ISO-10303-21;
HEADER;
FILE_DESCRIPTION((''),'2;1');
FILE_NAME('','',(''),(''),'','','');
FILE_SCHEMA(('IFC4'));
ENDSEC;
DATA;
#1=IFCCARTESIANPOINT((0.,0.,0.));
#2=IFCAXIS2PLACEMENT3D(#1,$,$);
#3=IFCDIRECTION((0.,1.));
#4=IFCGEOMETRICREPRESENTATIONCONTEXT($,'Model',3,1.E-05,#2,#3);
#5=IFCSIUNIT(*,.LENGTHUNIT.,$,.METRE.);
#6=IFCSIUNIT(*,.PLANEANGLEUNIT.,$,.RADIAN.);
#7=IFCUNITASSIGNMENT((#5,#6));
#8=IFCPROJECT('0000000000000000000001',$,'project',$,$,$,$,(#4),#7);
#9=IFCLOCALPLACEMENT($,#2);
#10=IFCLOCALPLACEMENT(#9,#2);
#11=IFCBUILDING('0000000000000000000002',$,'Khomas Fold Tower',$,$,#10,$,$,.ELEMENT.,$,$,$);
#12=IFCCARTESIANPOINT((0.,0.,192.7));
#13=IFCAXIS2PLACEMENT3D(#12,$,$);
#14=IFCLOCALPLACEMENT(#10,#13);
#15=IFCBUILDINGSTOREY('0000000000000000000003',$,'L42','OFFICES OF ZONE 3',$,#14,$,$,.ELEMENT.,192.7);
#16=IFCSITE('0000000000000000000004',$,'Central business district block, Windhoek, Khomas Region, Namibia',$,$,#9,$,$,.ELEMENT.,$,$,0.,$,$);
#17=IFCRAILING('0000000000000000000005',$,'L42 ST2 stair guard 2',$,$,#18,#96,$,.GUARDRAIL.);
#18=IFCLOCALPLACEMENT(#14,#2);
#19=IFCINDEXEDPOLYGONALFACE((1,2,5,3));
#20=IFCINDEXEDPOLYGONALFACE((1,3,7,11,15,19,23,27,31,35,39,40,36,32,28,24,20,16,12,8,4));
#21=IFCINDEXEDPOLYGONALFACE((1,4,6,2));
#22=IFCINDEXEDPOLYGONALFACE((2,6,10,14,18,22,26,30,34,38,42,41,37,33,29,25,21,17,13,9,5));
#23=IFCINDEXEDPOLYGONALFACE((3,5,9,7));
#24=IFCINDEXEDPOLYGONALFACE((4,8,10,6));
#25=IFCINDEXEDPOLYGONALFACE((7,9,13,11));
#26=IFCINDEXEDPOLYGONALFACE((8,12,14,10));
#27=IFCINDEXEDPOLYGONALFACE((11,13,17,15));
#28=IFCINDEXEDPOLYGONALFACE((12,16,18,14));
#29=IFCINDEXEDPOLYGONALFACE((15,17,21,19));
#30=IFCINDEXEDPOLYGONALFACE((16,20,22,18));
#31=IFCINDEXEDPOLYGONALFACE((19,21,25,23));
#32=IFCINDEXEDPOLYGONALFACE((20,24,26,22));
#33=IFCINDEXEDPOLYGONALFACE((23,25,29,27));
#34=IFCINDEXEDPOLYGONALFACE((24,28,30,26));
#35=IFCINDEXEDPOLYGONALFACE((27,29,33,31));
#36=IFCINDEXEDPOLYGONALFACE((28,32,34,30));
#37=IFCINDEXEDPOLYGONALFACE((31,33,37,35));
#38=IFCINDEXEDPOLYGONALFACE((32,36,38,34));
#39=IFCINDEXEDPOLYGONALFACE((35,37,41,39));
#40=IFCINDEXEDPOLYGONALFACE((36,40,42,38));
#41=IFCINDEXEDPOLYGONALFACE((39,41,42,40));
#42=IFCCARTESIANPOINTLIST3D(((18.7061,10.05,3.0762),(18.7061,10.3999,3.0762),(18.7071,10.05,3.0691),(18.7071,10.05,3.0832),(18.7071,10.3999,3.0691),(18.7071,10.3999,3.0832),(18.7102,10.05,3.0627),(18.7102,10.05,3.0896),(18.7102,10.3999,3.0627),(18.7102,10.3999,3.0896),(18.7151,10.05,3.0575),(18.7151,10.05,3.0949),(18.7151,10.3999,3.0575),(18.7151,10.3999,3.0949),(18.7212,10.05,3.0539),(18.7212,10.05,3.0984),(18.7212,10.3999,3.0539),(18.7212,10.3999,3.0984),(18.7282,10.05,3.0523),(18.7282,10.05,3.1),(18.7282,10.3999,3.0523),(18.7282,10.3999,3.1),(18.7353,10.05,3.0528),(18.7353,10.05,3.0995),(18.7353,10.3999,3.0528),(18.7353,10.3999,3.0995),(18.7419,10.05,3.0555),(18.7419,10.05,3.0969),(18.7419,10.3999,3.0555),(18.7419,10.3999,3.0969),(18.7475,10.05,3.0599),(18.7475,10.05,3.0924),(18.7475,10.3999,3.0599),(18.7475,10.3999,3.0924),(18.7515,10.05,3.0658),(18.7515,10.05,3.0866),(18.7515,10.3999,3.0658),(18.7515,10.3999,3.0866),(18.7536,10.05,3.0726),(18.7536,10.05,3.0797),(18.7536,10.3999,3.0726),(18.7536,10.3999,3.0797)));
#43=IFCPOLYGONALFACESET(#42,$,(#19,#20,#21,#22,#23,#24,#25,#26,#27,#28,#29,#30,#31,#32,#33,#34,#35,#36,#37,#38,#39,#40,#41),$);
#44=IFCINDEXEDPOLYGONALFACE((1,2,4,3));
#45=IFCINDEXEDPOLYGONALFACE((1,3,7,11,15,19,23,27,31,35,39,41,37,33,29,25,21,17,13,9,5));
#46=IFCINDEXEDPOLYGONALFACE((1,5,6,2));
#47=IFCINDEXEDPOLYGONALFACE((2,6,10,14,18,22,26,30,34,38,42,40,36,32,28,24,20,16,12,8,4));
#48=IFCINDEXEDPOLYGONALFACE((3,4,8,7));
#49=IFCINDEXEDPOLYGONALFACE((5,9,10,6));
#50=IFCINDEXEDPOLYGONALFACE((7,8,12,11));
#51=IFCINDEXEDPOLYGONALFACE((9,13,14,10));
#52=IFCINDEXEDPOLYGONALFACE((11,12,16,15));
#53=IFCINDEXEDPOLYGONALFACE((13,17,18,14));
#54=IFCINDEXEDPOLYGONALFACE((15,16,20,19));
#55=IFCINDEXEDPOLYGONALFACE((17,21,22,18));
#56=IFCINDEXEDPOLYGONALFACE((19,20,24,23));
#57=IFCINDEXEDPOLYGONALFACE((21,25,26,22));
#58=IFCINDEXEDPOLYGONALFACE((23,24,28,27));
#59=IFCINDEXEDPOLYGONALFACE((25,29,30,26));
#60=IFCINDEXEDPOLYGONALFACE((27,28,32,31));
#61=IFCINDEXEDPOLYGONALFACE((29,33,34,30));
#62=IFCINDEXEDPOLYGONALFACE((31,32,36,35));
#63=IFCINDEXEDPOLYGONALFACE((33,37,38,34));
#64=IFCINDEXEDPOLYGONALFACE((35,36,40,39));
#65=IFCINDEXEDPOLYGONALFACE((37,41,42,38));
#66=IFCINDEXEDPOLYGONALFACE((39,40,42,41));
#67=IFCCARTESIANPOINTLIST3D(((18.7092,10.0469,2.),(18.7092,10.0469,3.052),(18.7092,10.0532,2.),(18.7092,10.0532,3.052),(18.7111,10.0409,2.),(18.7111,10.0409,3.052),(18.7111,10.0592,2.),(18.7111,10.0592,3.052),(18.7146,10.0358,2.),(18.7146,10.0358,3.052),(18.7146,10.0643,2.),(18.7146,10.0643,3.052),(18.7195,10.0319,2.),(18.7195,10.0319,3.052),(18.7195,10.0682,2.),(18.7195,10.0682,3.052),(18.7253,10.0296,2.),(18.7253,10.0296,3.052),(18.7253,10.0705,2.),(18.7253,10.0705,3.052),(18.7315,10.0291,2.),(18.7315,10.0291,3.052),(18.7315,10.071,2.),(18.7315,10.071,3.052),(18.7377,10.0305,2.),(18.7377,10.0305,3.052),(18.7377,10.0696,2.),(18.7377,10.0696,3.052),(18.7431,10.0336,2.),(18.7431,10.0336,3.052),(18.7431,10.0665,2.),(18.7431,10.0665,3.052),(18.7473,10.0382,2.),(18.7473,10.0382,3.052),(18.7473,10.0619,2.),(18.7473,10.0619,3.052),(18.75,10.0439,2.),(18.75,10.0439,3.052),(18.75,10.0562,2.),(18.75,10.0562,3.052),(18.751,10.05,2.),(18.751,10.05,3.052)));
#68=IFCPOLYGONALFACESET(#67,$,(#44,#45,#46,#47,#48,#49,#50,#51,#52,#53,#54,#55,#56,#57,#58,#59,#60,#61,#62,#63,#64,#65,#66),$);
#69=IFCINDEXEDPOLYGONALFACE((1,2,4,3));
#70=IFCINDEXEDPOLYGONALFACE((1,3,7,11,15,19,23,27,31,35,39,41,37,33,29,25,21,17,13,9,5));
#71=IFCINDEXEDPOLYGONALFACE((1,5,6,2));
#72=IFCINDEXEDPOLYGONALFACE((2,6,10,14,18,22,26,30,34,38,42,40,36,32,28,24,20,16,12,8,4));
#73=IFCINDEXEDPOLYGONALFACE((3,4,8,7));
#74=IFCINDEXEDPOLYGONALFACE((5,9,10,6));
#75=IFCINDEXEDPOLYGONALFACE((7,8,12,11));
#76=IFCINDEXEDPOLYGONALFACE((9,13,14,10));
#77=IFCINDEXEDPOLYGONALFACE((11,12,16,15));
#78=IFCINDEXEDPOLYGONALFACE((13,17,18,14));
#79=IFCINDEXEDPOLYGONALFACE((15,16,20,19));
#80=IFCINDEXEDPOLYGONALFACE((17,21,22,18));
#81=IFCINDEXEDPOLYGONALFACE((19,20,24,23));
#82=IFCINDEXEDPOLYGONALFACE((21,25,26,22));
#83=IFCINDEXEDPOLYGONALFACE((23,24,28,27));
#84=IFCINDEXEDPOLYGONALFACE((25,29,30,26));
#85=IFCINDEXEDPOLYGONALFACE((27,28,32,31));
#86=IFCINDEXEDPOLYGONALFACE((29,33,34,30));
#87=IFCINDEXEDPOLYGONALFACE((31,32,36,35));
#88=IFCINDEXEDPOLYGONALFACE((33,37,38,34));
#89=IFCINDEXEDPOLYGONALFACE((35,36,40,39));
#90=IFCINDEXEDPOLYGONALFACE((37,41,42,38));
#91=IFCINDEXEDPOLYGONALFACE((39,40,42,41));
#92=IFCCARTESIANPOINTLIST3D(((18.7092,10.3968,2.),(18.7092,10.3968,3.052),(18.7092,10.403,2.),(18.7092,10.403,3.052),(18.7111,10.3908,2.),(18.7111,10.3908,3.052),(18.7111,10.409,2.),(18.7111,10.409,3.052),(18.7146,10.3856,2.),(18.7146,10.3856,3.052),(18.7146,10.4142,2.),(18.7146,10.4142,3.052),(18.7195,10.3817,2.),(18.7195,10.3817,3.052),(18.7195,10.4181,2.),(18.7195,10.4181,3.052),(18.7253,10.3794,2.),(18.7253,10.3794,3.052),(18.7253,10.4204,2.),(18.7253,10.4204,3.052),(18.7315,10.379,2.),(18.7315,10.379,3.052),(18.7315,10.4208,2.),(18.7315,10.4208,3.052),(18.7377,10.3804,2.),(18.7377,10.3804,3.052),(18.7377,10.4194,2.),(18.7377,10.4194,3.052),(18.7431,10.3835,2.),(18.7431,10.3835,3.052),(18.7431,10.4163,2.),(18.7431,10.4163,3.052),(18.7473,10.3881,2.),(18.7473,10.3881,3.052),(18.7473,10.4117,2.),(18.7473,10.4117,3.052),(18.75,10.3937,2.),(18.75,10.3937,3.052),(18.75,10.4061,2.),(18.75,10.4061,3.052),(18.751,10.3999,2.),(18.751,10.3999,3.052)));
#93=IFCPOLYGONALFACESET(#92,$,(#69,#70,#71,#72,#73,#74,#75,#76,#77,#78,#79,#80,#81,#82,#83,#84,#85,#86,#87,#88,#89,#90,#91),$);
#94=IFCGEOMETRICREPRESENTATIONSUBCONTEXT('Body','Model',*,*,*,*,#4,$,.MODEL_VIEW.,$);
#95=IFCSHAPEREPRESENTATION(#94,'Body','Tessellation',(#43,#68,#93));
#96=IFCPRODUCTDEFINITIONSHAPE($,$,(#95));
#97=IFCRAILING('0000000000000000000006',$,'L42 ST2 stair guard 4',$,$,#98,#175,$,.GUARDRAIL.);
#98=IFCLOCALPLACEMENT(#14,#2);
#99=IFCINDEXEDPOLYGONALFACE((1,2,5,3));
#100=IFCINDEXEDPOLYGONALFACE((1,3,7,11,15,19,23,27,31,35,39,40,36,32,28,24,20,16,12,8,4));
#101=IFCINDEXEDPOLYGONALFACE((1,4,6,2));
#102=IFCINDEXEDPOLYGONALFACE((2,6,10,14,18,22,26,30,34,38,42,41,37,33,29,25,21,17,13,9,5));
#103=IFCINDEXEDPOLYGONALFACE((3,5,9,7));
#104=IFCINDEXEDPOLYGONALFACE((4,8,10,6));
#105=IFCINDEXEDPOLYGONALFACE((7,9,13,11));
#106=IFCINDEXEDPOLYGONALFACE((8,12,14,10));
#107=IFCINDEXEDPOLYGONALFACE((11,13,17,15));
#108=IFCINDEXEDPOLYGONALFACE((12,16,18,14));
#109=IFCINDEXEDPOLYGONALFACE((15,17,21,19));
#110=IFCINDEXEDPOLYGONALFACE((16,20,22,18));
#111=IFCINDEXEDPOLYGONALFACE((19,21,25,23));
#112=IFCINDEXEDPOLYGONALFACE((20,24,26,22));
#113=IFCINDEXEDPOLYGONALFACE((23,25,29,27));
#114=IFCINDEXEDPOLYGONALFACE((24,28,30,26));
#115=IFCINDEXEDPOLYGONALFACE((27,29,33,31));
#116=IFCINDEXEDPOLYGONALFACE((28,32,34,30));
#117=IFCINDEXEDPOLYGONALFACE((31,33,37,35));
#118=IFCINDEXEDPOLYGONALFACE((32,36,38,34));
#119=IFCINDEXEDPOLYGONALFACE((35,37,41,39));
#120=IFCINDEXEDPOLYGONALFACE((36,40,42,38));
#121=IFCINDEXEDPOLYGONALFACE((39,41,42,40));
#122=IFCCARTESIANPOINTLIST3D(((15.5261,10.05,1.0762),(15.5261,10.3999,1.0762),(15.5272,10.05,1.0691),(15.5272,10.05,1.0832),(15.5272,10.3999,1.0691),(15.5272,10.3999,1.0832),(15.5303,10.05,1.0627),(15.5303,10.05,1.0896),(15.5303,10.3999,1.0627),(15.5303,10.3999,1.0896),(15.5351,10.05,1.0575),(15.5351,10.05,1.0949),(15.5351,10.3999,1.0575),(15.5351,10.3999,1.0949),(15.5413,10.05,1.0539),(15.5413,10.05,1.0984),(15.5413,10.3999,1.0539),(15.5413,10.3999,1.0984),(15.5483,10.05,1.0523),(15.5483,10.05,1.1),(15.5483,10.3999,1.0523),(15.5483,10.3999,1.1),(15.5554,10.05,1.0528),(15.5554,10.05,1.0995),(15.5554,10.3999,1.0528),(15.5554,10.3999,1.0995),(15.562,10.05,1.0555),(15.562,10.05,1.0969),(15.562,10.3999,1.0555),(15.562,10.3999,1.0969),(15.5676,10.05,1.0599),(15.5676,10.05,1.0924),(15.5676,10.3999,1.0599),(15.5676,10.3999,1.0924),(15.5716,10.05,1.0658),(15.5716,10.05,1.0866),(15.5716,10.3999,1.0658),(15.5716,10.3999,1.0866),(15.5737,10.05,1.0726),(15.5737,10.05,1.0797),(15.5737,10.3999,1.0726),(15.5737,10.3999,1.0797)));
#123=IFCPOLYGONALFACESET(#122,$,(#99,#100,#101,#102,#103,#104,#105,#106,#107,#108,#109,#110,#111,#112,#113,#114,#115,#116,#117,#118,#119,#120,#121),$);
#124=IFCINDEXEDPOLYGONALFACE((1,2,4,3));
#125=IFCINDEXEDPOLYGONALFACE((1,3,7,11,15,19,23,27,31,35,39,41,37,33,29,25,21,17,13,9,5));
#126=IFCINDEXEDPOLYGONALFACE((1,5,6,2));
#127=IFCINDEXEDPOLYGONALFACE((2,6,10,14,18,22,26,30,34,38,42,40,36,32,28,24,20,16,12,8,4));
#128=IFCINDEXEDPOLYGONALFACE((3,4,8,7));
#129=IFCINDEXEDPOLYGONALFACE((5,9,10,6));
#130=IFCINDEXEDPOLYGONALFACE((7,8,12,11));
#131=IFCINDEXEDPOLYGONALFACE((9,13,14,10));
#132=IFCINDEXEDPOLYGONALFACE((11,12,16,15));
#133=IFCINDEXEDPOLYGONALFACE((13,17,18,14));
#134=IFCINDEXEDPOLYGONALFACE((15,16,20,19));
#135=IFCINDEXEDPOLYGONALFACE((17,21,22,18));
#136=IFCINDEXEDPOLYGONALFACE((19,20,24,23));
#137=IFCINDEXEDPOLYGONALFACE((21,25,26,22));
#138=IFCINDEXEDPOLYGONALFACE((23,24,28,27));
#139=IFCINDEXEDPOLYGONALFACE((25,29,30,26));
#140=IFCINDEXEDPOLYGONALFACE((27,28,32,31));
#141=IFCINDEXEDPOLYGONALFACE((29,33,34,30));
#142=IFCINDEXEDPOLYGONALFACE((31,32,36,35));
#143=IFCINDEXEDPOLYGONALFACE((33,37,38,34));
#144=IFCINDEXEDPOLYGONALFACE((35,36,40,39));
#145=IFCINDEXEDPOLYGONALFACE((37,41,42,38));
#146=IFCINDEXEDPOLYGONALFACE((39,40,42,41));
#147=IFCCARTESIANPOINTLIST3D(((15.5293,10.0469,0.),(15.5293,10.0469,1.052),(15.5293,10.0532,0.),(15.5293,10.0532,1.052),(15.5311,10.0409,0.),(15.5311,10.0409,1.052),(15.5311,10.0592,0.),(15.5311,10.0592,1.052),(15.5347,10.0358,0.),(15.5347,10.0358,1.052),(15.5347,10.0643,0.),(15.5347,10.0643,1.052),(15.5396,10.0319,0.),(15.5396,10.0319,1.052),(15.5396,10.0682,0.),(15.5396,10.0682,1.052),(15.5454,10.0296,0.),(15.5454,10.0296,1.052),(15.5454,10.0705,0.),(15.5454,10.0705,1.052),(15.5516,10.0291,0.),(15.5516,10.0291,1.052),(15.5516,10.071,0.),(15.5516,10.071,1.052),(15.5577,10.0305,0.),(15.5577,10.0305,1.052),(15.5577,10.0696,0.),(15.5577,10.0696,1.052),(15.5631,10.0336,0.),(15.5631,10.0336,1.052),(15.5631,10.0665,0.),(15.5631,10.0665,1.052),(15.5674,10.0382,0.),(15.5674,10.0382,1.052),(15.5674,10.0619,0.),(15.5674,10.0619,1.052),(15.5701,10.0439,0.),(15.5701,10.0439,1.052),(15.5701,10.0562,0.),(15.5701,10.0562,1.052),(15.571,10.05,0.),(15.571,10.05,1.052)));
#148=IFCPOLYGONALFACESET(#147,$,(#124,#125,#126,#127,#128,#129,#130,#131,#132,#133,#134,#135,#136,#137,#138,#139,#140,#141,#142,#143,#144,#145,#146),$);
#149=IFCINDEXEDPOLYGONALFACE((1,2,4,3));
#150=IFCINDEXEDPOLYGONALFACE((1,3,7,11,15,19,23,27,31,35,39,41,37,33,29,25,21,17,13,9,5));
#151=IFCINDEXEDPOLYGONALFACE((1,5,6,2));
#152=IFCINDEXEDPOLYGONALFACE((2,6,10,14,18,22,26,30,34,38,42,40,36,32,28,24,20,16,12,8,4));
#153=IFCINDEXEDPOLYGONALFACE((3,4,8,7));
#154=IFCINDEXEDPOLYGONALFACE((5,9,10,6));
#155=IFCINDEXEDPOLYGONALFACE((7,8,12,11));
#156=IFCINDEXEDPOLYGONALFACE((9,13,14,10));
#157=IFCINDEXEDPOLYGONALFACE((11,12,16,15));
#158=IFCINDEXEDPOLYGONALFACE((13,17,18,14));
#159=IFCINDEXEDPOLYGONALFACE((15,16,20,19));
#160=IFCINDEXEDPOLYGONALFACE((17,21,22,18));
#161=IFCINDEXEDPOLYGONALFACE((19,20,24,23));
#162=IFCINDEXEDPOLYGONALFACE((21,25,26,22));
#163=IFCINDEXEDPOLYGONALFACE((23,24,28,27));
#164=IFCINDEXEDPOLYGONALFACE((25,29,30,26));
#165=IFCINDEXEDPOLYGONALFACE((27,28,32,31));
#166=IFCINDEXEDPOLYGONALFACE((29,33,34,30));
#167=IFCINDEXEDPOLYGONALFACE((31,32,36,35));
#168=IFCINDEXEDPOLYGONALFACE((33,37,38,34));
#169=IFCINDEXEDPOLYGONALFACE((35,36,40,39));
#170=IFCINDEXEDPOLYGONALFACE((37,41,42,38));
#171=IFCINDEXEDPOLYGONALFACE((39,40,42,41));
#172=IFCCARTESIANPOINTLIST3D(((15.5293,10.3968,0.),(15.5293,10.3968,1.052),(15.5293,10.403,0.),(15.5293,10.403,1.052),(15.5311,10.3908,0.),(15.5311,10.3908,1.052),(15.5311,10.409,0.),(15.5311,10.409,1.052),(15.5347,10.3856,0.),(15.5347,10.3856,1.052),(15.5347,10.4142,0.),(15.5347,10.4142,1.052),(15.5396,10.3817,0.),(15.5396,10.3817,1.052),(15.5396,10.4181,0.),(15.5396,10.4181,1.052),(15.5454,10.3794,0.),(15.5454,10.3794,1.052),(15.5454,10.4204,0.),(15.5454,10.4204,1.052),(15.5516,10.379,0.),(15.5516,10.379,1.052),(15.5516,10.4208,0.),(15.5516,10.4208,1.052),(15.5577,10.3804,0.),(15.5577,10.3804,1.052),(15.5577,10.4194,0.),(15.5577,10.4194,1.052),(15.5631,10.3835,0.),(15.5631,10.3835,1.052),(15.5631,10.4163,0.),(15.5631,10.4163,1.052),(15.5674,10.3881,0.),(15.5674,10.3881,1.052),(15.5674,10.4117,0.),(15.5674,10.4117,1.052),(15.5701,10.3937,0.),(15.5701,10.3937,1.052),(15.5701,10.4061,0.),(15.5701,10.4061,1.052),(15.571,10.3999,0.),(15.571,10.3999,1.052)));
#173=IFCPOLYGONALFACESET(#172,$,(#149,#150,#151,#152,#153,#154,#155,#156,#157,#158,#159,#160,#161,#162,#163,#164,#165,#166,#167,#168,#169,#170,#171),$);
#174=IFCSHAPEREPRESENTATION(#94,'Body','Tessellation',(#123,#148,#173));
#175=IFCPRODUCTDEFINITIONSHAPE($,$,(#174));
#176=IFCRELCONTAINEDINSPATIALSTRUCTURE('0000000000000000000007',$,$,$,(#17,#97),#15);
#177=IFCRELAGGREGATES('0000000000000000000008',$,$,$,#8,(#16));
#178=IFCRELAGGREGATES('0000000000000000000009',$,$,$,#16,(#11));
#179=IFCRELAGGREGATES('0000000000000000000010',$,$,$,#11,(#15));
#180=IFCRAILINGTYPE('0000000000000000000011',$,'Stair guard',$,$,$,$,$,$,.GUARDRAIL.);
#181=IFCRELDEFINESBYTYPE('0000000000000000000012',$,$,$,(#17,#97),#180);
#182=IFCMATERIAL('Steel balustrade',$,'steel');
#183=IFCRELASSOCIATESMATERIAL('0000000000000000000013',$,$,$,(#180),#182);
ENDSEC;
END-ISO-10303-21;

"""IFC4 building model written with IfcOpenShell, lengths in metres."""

from ifc_helpers import new_model, si_unit, direction, frame, origin, origin_2d, place, context, subcontext, project, spatial, circle, extrude, source, transform, mapped, material, type_object, element, save


model = new_model("IFC4")

# Units and contexts
model_context = context("Model", 3, precision=1e-05, world=origin(), true_north=direction((0.0, 1.0)))
body_context = subcontext(model_context, "Body", "Model", "MODEL_VIEW")
ifc_project = project(units=[si_unit("LENGTHUNIT", "METRE"), si_unit("PLANEANGLEUNIT", "RADIAN")], contexts=[model_context])

# Site, building, storey
site_placement = place(None, origin())
site = spatial("IfcSite", under=ifc_project, at=site_placement, Name="Central business district block, Windhoek, Khomas Region, Namibia", CompositionType="ELEMENT", RefElevation=0.0)
building_placement = place(site_placement, origin())
building = spatial("IfcBuilding", under=site, at=building_placement, Name="Khomas Fold Tower", CompositionType="ELEMENT")
storey_placement = place(building_placement, frame((0.0, 0.0, 192.7)))
storey = spatial("IfcBuildingStorey", under=building, at=storey_placement, Name="L42", Description="OFFICES OF ZONE 3", CompositionType="ELEMENT", Elevation=192.7)

# Railings
ifc_material_1 = material(Name="Steel balustrade", Category="steel")
railing_type_1 = type_object("IfcRailingType", Name="Stair guard", PredefinedType="GUARDRAIL", material=ifc_material_1)
shared_shape_1 = source(origin(), body_context, "Body", "SweptSolid", [
    extrude(circle(Radius=0.0239, at=origin_2d()), frame((0.0, 0.0, 1.0762), z_axis=(0.0, 1.0, 0.0), x_axis=(-1.0, 0.0, 0.0)), (0.0, 0.0, 1.0), 0.3499),
    extrude(circle(Radius=0.021, at=origin_2d()), origin(), (0.0, 0.0, 1.0), 1.052),
    extrude(circle(Radius=0.021, at=origin_2d()), frame((0.0, 0.3499, 0.0)), (0.0, 0.0, 1.0), 1.052),
])
for number, where, name in (
    (1, (18.73, 10.05, 2.0), "L42 ST2 stair guard 2"),
    (2, (15.55, 10.05, 0.0), "L42 ST2 stair guard 4"),
):
    element("IfcRailing", number, at=place(storey_placement, frame(where)), inside=storey, type_object=railing_type_1, Name=name, PredefinedType="GUARDRAIL", context=body_context, shape_type="MappedRepresentation", body=[
        mapped(shared_shape_1, transform((0.0, 0.0, 0.0))),
    ])

save(model, "model.ifc")
